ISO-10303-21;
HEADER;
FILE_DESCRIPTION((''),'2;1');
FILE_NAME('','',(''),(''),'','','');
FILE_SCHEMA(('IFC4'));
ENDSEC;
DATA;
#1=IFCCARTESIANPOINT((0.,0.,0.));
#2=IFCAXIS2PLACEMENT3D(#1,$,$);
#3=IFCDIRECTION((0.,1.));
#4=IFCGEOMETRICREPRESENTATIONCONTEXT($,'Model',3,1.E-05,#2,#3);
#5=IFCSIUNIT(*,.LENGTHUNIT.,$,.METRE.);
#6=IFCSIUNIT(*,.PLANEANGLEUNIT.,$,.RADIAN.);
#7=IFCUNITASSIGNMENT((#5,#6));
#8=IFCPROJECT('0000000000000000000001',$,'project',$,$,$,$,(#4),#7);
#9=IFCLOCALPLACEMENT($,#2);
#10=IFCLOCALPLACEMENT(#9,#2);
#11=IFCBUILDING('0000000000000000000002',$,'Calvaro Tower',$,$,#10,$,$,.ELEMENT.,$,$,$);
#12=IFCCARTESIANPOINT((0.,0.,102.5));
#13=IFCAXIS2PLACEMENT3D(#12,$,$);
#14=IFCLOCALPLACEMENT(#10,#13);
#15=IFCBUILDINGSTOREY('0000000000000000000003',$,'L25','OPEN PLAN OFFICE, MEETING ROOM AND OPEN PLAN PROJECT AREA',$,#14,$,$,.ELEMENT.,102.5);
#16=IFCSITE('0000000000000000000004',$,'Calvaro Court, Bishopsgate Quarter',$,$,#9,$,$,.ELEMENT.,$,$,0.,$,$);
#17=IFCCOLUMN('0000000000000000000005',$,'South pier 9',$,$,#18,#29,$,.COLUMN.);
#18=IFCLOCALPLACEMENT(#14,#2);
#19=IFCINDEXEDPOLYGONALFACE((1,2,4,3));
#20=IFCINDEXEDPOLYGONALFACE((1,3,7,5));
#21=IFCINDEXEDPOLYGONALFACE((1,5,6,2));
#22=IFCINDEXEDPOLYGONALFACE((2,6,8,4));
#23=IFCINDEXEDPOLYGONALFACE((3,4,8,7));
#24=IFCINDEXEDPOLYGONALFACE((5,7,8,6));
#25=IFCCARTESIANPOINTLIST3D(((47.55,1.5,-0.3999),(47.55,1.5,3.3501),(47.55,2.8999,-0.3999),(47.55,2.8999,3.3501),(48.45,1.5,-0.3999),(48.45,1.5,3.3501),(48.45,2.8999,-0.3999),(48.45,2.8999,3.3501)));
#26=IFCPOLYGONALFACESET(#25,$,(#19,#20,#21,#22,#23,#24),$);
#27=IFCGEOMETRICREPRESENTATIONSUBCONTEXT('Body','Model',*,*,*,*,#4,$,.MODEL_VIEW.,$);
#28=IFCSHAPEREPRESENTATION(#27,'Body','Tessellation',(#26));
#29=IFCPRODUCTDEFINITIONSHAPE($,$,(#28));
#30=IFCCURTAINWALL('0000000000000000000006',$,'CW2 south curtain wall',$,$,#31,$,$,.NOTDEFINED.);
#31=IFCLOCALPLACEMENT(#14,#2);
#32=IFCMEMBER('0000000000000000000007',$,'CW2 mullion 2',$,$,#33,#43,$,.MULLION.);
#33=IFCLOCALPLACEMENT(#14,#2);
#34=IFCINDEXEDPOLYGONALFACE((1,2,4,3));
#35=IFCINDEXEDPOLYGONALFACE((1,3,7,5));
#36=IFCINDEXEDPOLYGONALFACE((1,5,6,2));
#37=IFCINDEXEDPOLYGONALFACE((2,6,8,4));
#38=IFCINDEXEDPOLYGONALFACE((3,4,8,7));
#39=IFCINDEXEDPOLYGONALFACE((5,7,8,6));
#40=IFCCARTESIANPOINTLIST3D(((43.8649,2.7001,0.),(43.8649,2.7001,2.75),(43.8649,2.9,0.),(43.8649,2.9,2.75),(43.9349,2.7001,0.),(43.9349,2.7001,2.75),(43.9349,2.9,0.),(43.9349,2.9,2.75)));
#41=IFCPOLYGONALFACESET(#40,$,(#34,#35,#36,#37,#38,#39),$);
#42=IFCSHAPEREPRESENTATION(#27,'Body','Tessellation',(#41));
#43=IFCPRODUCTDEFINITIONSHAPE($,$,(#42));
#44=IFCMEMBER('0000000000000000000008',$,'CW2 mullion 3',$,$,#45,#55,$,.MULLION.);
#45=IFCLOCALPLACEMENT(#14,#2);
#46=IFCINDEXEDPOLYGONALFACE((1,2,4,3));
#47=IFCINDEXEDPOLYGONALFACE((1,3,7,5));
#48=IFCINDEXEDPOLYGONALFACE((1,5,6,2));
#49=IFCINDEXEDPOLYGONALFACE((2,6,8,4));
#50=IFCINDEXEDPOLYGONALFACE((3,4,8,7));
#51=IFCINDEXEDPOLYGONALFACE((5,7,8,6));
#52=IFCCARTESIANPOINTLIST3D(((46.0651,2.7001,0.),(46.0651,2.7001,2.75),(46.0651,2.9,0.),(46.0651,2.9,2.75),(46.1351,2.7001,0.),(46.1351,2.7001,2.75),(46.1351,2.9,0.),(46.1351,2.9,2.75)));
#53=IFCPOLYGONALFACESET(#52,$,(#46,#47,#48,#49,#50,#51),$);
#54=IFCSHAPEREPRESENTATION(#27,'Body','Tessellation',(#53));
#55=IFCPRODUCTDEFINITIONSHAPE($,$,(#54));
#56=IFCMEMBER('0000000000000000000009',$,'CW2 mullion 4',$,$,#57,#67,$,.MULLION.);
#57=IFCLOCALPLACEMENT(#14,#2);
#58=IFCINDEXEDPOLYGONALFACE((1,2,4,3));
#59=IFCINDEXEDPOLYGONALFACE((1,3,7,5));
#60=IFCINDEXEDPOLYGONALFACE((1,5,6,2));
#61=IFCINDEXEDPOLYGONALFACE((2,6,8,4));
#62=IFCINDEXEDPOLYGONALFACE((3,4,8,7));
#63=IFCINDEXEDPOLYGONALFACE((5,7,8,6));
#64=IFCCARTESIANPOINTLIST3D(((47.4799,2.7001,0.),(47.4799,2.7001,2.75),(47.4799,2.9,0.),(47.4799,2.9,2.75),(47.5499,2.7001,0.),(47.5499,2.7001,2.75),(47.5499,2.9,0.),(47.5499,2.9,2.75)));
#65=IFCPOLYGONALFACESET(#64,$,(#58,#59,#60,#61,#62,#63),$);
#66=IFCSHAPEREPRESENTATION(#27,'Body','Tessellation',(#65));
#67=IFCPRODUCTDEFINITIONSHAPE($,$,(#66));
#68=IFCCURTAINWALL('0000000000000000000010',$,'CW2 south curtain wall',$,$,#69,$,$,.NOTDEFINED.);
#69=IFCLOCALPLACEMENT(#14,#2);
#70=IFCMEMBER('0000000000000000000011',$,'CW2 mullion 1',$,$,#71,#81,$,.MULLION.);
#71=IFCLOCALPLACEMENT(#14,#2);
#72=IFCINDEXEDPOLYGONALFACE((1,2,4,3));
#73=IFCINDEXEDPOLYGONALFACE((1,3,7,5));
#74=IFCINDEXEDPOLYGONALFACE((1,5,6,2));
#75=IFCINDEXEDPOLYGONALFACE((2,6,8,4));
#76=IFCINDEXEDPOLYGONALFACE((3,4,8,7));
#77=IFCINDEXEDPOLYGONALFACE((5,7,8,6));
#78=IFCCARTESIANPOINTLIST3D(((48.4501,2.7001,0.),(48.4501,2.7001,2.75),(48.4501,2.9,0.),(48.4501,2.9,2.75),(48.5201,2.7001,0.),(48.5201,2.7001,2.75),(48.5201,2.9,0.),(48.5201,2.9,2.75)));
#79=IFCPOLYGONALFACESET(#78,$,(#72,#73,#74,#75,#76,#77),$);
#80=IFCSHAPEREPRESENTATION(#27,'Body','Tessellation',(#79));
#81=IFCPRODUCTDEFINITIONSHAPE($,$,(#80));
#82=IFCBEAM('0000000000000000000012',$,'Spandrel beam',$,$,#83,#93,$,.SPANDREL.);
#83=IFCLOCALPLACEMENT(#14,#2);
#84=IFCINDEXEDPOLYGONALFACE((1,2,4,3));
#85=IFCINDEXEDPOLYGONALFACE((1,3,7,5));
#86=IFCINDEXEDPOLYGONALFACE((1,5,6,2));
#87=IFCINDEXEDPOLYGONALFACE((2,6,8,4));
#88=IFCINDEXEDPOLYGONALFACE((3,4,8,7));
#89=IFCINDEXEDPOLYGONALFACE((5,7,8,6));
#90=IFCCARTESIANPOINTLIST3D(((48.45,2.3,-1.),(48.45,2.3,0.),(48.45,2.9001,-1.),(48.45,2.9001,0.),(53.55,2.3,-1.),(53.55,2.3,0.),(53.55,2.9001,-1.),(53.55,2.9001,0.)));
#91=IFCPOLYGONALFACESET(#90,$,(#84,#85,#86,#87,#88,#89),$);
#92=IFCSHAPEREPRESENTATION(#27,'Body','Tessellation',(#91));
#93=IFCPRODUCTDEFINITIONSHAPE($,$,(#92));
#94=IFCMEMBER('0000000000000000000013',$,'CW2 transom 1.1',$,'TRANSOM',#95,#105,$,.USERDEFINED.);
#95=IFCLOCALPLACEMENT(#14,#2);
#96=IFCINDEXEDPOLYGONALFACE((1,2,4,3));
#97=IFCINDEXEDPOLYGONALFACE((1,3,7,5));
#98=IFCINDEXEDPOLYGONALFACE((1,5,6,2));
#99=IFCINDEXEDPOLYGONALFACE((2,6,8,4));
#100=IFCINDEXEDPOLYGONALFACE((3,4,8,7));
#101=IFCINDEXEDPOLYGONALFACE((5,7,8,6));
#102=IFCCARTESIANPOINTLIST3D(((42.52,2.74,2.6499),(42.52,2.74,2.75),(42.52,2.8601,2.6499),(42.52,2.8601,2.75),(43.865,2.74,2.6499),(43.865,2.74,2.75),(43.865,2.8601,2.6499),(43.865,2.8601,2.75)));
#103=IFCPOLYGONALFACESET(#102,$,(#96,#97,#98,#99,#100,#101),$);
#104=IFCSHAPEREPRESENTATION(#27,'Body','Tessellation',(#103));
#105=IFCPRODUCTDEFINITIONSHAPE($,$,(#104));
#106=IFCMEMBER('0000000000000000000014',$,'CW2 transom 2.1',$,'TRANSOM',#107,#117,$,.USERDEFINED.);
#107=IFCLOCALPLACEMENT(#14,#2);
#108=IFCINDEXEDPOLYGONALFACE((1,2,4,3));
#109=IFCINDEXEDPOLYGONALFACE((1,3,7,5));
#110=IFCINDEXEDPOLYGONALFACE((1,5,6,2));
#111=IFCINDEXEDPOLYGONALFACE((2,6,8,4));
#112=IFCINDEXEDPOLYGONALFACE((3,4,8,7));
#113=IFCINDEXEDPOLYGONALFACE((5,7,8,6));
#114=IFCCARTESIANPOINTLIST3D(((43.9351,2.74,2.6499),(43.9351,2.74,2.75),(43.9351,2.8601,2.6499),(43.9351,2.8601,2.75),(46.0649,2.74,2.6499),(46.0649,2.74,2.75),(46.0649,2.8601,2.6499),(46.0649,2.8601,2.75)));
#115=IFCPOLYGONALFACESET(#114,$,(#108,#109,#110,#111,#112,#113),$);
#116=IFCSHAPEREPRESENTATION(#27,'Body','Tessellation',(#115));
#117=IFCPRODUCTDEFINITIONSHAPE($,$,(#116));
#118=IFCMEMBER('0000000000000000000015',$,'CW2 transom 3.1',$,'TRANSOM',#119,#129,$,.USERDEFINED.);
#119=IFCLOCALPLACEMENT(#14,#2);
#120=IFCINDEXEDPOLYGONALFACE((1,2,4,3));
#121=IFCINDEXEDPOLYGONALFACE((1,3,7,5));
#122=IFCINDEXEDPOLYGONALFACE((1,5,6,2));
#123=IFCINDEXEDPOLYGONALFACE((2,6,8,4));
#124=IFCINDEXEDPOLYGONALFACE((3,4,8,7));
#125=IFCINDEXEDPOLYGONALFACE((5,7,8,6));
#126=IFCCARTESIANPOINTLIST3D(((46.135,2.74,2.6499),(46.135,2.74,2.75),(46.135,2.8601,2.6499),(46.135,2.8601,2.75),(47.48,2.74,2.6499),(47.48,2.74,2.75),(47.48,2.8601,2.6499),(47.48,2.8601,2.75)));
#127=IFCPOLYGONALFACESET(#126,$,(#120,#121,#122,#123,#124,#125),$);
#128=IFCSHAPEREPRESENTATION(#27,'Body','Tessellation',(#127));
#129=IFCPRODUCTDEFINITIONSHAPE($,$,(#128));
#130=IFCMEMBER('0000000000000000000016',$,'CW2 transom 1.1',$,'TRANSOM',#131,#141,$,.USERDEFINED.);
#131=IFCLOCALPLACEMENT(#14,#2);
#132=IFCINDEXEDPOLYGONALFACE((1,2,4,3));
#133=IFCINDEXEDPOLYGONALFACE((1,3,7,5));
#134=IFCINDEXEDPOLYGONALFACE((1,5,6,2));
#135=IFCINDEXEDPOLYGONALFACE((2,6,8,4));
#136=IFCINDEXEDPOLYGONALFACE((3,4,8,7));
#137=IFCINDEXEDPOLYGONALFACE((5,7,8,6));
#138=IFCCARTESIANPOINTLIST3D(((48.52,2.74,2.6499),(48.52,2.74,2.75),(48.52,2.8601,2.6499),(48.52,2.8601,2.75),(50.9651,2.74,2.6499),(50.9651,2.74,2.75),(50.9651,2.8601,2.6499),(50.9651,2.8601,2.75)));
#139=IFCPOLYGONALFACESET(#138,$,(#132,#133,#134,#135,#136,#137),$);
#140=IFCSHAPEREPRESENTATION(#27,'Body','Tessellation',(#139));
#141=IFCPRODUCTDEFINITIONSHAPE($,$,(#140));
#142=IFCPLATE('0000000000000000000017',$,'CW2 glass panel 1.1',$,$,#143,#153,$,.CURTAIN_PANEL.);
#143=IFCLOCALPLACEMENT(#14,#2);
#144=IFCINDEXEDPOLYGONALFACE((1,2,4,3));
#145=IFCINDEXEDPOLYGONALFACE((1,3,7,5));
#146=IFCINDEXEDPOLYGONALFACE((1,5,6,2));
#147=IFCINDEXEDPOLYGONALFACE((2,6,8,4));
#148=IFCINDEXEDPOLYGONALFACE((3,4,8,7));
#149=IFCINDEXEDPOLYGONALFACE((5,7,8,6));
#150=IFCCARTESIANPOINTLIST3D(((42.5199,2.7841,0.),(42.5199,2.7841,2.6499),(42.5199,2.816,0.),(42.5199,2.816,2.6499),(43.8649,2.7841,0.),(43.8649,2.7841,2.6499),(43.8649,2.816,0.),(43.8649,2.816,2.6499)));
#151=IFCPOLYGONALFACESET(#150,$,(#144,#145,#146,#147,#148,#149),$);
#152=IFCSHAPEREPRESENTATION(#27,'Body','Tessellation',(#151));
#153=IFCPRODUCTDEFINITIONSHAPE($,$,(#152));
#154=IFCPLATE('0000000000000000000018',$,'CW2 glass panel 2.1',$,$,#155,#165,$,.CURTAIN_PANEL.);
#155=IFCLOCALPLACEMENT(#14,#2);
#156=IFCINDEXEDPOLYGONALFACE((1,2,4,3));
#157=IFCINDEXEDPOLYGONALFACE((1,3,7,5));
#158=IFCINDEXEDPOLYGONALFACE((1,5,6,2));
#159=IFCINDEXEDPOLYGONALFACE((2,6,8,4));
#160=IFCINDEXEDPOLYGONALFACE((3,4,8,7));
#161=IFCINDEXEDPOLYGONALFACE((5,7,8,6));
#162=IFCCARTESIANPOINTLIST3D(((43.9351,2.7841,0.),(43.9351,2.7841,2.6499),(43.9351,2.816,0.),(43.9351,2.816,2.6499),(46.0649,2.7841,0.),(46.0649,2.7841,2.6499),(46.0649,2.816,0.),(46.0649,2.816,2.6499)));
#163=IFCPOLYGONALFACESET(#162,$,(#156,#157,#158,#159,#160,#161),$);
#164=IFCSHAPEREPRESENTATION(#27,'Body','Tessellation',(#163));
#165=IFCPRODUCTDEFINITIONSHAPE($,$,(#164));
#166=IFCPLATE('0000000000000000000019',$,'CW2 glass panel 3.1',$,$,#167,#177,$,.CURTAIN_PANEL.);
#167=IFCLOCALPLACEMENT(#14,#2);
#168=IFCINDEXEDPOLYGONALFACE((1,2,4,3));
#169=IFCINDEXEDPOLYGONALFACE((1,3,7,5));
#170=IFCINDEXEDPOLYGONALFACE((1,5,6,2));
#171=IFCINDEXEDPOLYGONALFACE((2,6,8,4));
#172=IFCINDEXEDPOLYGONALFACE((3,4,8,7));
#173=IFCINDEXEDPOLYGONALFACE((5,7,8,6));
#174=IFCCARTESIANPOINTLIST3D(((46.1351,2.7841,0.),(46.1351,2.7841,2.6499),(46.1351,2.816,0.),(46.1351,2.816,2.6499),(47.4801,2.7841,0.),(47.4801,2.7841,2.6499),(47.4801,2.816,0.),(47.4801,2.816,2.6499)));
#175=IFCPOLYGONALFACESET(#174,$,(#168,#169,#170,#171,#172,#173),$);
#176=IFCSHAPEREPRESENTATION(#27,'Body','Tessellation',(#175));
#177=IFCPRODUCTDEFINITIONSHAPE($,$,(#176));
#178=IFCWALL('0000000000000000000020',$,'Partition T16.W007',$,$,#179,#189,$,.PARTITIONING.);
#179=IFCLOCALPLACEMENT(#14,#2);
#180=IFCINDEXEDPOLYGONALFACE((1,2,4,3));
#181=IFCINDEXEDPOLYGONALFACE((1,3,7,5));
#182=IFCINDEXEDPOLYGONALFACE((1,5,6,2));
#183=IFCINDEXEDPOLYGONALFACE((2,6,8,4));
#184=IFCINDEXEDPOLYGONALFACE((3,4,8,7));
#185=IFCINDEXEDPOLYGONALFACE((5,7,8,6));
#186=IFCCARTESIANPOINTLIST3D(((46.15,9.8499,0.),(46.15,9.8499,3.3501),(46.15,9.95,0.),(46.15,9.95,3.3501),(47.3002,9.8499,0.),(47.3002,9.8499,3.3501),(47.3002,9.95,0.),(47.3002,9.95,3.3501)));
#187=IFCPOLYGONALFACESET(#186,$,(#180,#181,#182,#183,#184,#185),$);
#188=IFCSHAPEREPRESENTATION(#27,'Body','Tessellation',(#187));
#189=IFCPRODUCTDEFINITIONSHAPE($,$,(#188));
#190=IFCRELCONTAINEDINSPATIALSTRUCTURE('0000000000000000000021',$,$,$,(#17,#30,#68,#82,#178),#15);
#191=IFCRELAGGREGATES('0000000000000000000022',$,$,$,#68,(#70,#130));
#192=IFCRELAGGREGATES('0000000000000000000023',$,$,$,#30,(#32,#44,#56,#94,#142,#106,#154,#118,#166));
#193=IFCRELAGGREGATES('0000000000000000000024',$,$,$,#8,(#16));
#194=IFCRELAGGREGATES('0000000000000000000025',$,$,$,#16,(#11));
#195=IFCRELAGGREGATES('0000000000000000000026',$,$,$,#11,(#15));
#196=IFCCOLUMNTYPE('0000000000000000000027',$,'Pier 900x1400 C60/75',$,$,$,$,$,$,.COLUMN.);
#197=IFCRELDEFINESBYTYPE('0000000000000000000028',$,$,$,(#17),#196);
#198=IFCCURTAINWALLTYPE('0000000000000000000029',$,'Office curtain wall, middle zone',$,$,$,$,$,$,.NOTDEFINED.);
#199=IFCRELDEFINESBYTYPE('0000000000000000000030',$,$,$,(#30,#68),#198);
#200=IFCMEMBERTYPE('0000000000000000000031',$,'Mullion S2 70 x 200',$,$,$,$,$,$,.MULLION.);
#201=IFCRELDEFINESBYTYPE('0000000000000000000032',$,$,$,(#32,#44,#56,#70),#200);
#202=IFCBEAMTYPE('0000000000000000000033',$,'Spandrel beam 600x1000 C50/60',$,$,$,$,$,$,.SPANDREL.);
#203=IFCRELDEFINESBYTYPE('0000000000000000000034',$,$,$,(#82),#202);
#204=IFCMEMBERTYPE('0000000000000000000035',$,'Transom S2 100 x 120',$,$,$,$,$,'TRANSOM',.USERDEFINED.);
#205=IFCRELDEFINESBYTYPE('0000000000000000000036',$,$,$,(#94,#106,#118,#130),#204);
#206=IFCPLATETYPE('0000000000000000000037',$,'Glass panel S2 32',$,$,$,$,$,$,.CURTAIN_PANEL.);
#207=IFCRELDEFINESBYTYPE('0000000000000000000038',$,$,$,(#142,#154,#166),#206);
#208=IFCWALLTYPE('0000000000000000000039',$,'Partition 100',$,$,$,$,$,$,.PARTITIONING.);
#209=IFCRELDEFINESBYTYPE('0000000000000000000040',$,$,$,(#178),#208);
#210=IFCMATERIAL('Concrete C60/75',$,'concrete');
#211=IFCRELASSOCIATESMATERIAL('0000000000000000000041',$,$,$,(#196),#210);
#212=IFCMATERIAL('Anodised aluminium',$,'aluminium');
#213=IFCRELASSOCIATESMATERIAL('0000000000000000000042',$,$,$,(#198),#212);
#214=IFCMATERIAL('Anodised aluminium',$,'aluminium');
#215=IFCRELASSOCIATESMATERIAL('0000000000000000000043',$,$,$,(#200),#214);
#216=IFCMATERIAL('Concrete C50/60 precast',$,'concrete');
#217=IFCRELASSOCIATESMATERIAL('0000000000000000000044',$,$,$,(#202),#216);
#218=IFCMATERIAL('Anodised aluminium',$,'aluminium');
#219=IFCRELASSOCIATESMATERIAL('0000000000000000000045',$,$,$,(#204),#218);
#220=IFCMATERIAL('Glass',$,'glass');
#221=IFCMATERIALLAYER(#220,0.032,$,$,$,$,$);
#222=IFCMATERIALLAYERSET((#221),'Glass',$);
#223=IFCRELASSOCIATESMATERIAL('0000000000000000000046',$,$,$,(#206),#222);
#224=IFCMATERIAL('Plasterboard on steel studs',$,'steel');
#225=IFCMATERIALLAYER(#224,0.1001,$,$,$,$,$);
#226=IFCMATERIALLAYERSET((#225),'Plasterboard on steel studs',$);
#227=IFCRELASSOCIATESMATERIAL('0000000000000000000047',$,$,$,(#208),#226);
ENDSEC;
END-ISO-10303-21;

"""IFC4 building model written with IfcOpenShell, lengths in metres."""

from ifc_helpers import new_model, si_unit, direction, frame, frame_2d, origin, origin_2d, place, context, subcontext, project, spatial, rectangle, extrude, material, layer, layer_set, material_profile, profile_set, type_object, element, aggregate, save


model = new_model("IFC4")

# Units and contexts
model_context = context("Model", 3, precision=1e-05, world=origin(), true_north=direction((0.0, 1.0)))
body_context = subcontext(model_context, "Body", "Model", "MODEL_VIEW")
ifc_project = project(units=[si_unit("LENGTHUNIT", "METRE"), si_unit("PLANEANGLEUNIT", "RADIAN")], contexts=[model_context])

# Site, building, storey
site_placement = place(None, origin())
site = spatial("IfcSite", under=ifc_project, at=site_placement, Name="Calvaro Court, Bishopsgate Quarter", CompositionType="ELEMENT", RefElevation=0.0)
building_placement = place(site_placement, origin())
building = spatial("IfcBuilding", under=site, at=building_placement, Name="Calvaro Tower", CompositionType="ELEMENT")
storey_placement = place(building_placement, frame((0.0, 0.0, 102.5)))
storey = spatial("IfcBuildingStorey", under=building, at=storey_placement, Name="L25", Description="OPEN PLAN OFFICE, MEETING ROOM AND OPEN PLAN PROJECT AREA", CompositionType="ELEMENT", Elevation=102.5)

# Column
ifc_material_1 = material(Name="Concrete C60/75", Category="concrete")
ifc_material_profile_1 = material_profile(ifc_material_1, rectangle(XDim=0.8999, YDim=1.3999, at=origin_2d()), Name="RC 900x1400")
ifc_profile_set_1 = profile_set([ifc_material_profile_1], Name="Concrete C60/75")
column_type = type_object("IfcColumnType", Name="Pier 900x1400 C60/75", PredefinedType="COLUMN", material=ifc_profile_set_1)
column_placement = place(storey_placement, frame((48.0, 2.2, -0.3999), z_axis=(0.0, 0.0, 1.0), x_axis=(1.0, 0.0, 0.0)))
element("IfcColumn", 1, at=column_placement, inside=storey, type_object=column_type, Name="South pier 9", PredefinedType="COLUMN", context=body_context, shape_type="SweptSolid", body=[
    extrude(rectangle(XDim=0.8999, YDim=1.3999, at=origin_2d()), origin(), (0.0, 0.0, 1.0), 3.75),
])

# Curtain wall, members
ifc_material_2 = material(Name="Anodised aluminium", Category="aluminium")
curtain_wall_type = type_object("IfcCurtainWallType", Name="Office curtain wall, middle zone", PredefinedType="NOTDEFINED", material=ifc_material_2)
curtain_wall_1_placement = place(storey_placement, origin())
curtain_wall_1 = element("IfcCurtainWall", 2, at=curtain_wall_1_placement, inside=storey, type_object=curtain_wall_type, Name="CW2 south curtain wall", PredefinedType="NOTDEFINED")
ifc_material_3 = material(Name="Anodised aluminium", Category="aluminium")
ifc_material_profile_2 = material_profile(ifc_material_3, rectangle(XDim=0.2, YDim=0.0701, at=origin_2d()), Name="Mullion S2 70 x 200")
ifc_profile_set_2 = profile_set([ifc_material_profile_2], Name="Anodised aluminium")
member_type_1 = type_object("IfcMemberType", Name="Mullion S2 70 x 200", PredefinedType="MULLION", material=ifc_profile_set_2)
member_1_placement = place(storey_placement, frame((43.8999, 2.8, 0.0), z_axis=(0.0, 0.0, 1.0), x_axis=(0.0, 1.0, 0.0)))
member_1 = element("IfcMember", 3, at=member_1_placement, type_object=member_type_1, Name="CW2 mullion 2", PredefinedType="MULLION", context=body_context, shape_type="SweptSolid", body=[
    extrude(rectangle(XDim=0.2, YDim=0.0701, at=origin_2d()), origin(), (0.0, 0.0, 1.0), 2.75),
])
member_2_placement = place(storey_placement, frame((46.1001, 2.8, 0.0), z_axis=(0.0, 0.0, 1.0), x_axis=(0.0, 1.0, 0.0)))
member_2 = element("IfcMember", 4, at=member_2_placement, type_object=member_type_1, Name="CW2 mullion 3", PredefinedType="MULLION", context=body_context, shape_type="SweptSolid", body=[
    extrude(rectangle(XDim=0.2, YDim=0.0701, at=origin_2d()), origin(), (0.0, 0.0, 1.0), 2.75),
])
member_3_placement = place(storey_placement, frame((47.5149, 2.8, 0.0), z_axis=(0.0, 0.0, 1.0), x_axis=(0.0, 1.0, 0.0)))
member_3 = element("IfcMember", 5, at=member_3_placement, type_object=member_type_1, Name="CW2 mullion 4", PredefinedType="MULLION", context=body_context, shape_type="SweptSolid", body=[
    extrude(rectangle(XDim=0.2, YDim=0.0701, at=origin_2d()), origin(), (0.0, 0.0, 1.0), 2.75),
])

# Curtain wall, member
curtain_wall_2_placement = place(storey_placement, origin())
curtain_wall_2 = element("IfcCurtainWall", 6, at=curtain_wall_2_placement, inside=storey, type_object=curtain_wall_type, Name="CW2 south curtain wall", PredefinedType="NOTDEFINED")
member_4_placement = place(storey_placement, frame((48.4851, 2.8, 0.0), z_axis=(0.0, 0.0, 1.0), x_axis=(0.0, 1.0, 0.0)))
member_4 = element("IfcMember", 7, at=member_4_placement, type_object=member_type_1, Name="CW2 mullion 1", PredefinedType="MULLION", context=body_context, shape_type="SweptSolid", body=[
    extrude(rectangle(XDim=0.2, YDim=0.0701, at=origin_2d()), origin(), (0.0, 0.0, 1.0), 2.75),
])

# Beam
ifc_material_4 = material(Name="Concrete C50/60 precast", Category="concrete")
ifc_material_profile_3 = material_profile(ifc_material_4, rectangle(XDim=0.6001, YDim=1.0, at=origin_2d()), Name="RC 600x1000")
ifc_profile_set_3 = profile_set([ifc_material_profile_3], Name="Concrete C50/60 precast")
beam_type = type_object("IfcBeamType", Name="Spandrel beam 600x1000 C50/60", PredefinedType="SPANDREL", material=ifc_profile_set_3)
beam_placement = place(storey_placement, frame((48.45, 2.6001, -0.5), z_axis=(1.0, 0.0, 0.0), x_axis=(0.0, 1.0, 0.0)))
element("IfcBeam", 8, at=beam_placement, inside=storey, type_object=beam_type, Name="Spandrel beam", PredefinedType="SPANDREL", context=body_context, shape_type="SweptSolid", body=[
    extrude(rectangle(XDim=0.6001, YDim=1.0, at=origin_2d()), origin(), (0.0, 0.0, 1.0), 5.1001),
])

# Members
ifc_material_5 = material(Name="Anodised aluminium", Category="aluminium")
ifc_material_profile_4 = material_profile(ifc_material_5, rectangle(XDim=0.1201, YDim=0.1001, at=origin_2d()), Name="Transom S2 100 x 120")
ifc_profile_set_4 = profile_set([ifc_material_profile_4], Name="Anodised aluminium")
member_type_2 = type_object("IfcMemberType", Name="Transom S2 100 x 120", ElementType="TRANSOM", PredefinedType="USERDEFINED", material=ifc_profile_set_4)
member_5_placement = place(storey_placement, frame((42.52, 2.8, 2.7), z_axis=(1.0, 0.0, 0.0), x_axis=(0.0, 1.0, 0.0)))
member_5 = element("IfcMember", 9, at=member_5_placement, type_object=member_type_2, Name="CW2 transom 1.1", ObjectType="TRANSOM", PredefinedType="USERDEFINED", context=body_context, shape_type="SweptSolid", body=[
    extrude(rectangle(XDim=0.1201, YDim=0.1001, at=origin_2d()), origin(), (0.0, 0.0, 1.0), 1.345),
])
member_6_placement = place(storey_placement, frame((43.9351, 2.8, 2.7), z_axis=(1.0, 0.0, 0.0), x_axis=(0.0, 1.0, 0.0)))
member_6 = element("IfcMember", 10, at=member_6_placement, type_object=member_type_2, Name="CW2 transom 2.1", ObjectType="TRANSOM", PredefinedType="USERDEFINED", context=body_context, shape_type="SweptSolid", body=[
    extrude(rectangle(XDim=0.1201, YDim=0.1001, at=origin_2d()), origin(), (0.0, 0.0, 1.0), 2.1299),
])
member_7_placement = place(storey_placement, frame((46.135, 2.8, 2.7), z_axis=(1.0, 0.0, 0.0), x_axis=(0.0, 1.0, 0.0)))
member_7 = element("IfcMember", 11, at=member_7_placement, type_object=member_type_2, Name="CW2 transom 3.1", ObjectType="TRANSOM", PredefinedType="USERDEFINED", context=body_context, shape_type="SweptSolid", body=[
    extrude(rectangle(XDim=0.1201, YDim=0.1001, at=origin_2d()), origin(), (0.0, 0.0, 1.0), 1.345),
])
member_8_placement = place(storey_placement, frame((48.52, 2.8, 2.7), z_axis=(1.0, 0.0, 0.0), x_axis=(0.0, 1.0, 0.0)))
member_8 = element("IfcMember", 12, at=member_8_placement, type_object=member_type_2, Name="CW2 transom 1.1", ObjectType="TRANSOM", PredefinedType="USERDEFINED", context=body_context, shape_type="SweptSolid", body=[
    extrude(rectangle(XDim=0.1201, YDim=0.1001, at=origin_2d()), origin(), (0.0, 0.0, 1.0), 2.4451),
])
aggregate(curtain_wall_2, [member_4, member_8])

# Plates
ifc_material_6 = material(Name="Glass", Category="glass")
ifc_layer_1 = layer(ifc_material_6, 0.032)
ifc_layer_set_1 = layer_set([ifc_layer_1], Name="Glass")
plate_type = type_object("IfcPlateType", Name="Glass panel S2 32", PredefinedType="CURTAIN_PANEL", material=ifc_layer_set_1)
plate_1_placement = place(storey_placement, frame((43.1924, 2.8, 0.0), z_axis=(0.0, 0.0, 1.0), x_axis=(1.0, 0.0, 0.0)))
plate_1 = element("IfcPlate", 13, at=plate_1_placement, type_object=plate_type, Name="CW2 glass panel 1.1", PredefinedType="CURTAIN_PANEL", context=body_context, shape_type="SweptSolid", body=[
    extrude(rectangle(XDim=1.345, YDim=0.032, at=origin_2d()), origin(), (0.0, 0.0, 1.0), 2.6499),
])
plate_2_placement = place(storey_placement, frame((45.0, 2.8, 0.0), z_axis=(0.0, 0.0, 1.0), x_axis=(1.0, 0.0, 0.0)))
plate_2 = element("IfcPlate", 14, at=plate_2_placement, type_object=plate_type, Name="CW2 glass panel 2.1", PredefinedType="CURTAIN_PANEL", context=body_context, shape_type="SweptSolid", body=[
    extrude(rectangle(XDim=2.1299, YDim=0.032, at=origin_2d()), origin(), (0.0, 0.0, 1.0), 2.6499),
])
plate_3_placement = place(storey_placement, frame((46.8076, 2.8, 0.0), z_axis=(0.0, 0.0, 1.0), x_axis=(1.0, 0.0, 0.0)))
plate_3 = element("IfcPlate", 15, at=plate_3_placement, type_object=plate_type, Name="CW2 glass panel 3.1", PredefinedType="CURTAIN_PANEL", context=body_context, shape_type="SweptSolid", body=[
    extrude(rectangle(XDim=1.345, YDim=0.032, at=origin_2d()), origin(), (0.0, 0.0, 1.0), 2.6499),
])
aggregate(curtain_wall_1, [member_1, member_2, member_3, member_5, plate_1, member_6, plate_2, member_7, plate_3])

# Wall
ifc_material_7 = material(Name="Plasterboard on steel studs", Category="steel")
ifc_layer_2 = layer(ifc_material_7, 0.1001)
ifc_layer_set_2 = layer_set([ifc_layer_2], Name="Plasterboard on steel studs")
wall_type_1 = type_object("IfcWallType", Name="Partition 100", PredefinedType="PARTITIONING", material=ifc_layer_set_2)
wall_1_placement = place(storey_placement, frame((46.1499, 9.8999, 0.0), z_axis=(0.0, 0.0, 1.0), x_axis=(1.0, 0.0, 0.0)))
element("IfcWall", 16, at=wall_1_placement, inside=storey, type_object=wall_type_1, Name="Partition T16.W007", PredefinedType="PARTITIONING", context=body_context, shape_type="SweptSolid", body=[
    extrude(rectangle(XDim=1.1501, YDim=0.1001, at=frame_2d((0.5752, 0.0))), origin(), (0.0, 0.0, 1.0), 3.3501),
])

save(model, "model.ifc")
